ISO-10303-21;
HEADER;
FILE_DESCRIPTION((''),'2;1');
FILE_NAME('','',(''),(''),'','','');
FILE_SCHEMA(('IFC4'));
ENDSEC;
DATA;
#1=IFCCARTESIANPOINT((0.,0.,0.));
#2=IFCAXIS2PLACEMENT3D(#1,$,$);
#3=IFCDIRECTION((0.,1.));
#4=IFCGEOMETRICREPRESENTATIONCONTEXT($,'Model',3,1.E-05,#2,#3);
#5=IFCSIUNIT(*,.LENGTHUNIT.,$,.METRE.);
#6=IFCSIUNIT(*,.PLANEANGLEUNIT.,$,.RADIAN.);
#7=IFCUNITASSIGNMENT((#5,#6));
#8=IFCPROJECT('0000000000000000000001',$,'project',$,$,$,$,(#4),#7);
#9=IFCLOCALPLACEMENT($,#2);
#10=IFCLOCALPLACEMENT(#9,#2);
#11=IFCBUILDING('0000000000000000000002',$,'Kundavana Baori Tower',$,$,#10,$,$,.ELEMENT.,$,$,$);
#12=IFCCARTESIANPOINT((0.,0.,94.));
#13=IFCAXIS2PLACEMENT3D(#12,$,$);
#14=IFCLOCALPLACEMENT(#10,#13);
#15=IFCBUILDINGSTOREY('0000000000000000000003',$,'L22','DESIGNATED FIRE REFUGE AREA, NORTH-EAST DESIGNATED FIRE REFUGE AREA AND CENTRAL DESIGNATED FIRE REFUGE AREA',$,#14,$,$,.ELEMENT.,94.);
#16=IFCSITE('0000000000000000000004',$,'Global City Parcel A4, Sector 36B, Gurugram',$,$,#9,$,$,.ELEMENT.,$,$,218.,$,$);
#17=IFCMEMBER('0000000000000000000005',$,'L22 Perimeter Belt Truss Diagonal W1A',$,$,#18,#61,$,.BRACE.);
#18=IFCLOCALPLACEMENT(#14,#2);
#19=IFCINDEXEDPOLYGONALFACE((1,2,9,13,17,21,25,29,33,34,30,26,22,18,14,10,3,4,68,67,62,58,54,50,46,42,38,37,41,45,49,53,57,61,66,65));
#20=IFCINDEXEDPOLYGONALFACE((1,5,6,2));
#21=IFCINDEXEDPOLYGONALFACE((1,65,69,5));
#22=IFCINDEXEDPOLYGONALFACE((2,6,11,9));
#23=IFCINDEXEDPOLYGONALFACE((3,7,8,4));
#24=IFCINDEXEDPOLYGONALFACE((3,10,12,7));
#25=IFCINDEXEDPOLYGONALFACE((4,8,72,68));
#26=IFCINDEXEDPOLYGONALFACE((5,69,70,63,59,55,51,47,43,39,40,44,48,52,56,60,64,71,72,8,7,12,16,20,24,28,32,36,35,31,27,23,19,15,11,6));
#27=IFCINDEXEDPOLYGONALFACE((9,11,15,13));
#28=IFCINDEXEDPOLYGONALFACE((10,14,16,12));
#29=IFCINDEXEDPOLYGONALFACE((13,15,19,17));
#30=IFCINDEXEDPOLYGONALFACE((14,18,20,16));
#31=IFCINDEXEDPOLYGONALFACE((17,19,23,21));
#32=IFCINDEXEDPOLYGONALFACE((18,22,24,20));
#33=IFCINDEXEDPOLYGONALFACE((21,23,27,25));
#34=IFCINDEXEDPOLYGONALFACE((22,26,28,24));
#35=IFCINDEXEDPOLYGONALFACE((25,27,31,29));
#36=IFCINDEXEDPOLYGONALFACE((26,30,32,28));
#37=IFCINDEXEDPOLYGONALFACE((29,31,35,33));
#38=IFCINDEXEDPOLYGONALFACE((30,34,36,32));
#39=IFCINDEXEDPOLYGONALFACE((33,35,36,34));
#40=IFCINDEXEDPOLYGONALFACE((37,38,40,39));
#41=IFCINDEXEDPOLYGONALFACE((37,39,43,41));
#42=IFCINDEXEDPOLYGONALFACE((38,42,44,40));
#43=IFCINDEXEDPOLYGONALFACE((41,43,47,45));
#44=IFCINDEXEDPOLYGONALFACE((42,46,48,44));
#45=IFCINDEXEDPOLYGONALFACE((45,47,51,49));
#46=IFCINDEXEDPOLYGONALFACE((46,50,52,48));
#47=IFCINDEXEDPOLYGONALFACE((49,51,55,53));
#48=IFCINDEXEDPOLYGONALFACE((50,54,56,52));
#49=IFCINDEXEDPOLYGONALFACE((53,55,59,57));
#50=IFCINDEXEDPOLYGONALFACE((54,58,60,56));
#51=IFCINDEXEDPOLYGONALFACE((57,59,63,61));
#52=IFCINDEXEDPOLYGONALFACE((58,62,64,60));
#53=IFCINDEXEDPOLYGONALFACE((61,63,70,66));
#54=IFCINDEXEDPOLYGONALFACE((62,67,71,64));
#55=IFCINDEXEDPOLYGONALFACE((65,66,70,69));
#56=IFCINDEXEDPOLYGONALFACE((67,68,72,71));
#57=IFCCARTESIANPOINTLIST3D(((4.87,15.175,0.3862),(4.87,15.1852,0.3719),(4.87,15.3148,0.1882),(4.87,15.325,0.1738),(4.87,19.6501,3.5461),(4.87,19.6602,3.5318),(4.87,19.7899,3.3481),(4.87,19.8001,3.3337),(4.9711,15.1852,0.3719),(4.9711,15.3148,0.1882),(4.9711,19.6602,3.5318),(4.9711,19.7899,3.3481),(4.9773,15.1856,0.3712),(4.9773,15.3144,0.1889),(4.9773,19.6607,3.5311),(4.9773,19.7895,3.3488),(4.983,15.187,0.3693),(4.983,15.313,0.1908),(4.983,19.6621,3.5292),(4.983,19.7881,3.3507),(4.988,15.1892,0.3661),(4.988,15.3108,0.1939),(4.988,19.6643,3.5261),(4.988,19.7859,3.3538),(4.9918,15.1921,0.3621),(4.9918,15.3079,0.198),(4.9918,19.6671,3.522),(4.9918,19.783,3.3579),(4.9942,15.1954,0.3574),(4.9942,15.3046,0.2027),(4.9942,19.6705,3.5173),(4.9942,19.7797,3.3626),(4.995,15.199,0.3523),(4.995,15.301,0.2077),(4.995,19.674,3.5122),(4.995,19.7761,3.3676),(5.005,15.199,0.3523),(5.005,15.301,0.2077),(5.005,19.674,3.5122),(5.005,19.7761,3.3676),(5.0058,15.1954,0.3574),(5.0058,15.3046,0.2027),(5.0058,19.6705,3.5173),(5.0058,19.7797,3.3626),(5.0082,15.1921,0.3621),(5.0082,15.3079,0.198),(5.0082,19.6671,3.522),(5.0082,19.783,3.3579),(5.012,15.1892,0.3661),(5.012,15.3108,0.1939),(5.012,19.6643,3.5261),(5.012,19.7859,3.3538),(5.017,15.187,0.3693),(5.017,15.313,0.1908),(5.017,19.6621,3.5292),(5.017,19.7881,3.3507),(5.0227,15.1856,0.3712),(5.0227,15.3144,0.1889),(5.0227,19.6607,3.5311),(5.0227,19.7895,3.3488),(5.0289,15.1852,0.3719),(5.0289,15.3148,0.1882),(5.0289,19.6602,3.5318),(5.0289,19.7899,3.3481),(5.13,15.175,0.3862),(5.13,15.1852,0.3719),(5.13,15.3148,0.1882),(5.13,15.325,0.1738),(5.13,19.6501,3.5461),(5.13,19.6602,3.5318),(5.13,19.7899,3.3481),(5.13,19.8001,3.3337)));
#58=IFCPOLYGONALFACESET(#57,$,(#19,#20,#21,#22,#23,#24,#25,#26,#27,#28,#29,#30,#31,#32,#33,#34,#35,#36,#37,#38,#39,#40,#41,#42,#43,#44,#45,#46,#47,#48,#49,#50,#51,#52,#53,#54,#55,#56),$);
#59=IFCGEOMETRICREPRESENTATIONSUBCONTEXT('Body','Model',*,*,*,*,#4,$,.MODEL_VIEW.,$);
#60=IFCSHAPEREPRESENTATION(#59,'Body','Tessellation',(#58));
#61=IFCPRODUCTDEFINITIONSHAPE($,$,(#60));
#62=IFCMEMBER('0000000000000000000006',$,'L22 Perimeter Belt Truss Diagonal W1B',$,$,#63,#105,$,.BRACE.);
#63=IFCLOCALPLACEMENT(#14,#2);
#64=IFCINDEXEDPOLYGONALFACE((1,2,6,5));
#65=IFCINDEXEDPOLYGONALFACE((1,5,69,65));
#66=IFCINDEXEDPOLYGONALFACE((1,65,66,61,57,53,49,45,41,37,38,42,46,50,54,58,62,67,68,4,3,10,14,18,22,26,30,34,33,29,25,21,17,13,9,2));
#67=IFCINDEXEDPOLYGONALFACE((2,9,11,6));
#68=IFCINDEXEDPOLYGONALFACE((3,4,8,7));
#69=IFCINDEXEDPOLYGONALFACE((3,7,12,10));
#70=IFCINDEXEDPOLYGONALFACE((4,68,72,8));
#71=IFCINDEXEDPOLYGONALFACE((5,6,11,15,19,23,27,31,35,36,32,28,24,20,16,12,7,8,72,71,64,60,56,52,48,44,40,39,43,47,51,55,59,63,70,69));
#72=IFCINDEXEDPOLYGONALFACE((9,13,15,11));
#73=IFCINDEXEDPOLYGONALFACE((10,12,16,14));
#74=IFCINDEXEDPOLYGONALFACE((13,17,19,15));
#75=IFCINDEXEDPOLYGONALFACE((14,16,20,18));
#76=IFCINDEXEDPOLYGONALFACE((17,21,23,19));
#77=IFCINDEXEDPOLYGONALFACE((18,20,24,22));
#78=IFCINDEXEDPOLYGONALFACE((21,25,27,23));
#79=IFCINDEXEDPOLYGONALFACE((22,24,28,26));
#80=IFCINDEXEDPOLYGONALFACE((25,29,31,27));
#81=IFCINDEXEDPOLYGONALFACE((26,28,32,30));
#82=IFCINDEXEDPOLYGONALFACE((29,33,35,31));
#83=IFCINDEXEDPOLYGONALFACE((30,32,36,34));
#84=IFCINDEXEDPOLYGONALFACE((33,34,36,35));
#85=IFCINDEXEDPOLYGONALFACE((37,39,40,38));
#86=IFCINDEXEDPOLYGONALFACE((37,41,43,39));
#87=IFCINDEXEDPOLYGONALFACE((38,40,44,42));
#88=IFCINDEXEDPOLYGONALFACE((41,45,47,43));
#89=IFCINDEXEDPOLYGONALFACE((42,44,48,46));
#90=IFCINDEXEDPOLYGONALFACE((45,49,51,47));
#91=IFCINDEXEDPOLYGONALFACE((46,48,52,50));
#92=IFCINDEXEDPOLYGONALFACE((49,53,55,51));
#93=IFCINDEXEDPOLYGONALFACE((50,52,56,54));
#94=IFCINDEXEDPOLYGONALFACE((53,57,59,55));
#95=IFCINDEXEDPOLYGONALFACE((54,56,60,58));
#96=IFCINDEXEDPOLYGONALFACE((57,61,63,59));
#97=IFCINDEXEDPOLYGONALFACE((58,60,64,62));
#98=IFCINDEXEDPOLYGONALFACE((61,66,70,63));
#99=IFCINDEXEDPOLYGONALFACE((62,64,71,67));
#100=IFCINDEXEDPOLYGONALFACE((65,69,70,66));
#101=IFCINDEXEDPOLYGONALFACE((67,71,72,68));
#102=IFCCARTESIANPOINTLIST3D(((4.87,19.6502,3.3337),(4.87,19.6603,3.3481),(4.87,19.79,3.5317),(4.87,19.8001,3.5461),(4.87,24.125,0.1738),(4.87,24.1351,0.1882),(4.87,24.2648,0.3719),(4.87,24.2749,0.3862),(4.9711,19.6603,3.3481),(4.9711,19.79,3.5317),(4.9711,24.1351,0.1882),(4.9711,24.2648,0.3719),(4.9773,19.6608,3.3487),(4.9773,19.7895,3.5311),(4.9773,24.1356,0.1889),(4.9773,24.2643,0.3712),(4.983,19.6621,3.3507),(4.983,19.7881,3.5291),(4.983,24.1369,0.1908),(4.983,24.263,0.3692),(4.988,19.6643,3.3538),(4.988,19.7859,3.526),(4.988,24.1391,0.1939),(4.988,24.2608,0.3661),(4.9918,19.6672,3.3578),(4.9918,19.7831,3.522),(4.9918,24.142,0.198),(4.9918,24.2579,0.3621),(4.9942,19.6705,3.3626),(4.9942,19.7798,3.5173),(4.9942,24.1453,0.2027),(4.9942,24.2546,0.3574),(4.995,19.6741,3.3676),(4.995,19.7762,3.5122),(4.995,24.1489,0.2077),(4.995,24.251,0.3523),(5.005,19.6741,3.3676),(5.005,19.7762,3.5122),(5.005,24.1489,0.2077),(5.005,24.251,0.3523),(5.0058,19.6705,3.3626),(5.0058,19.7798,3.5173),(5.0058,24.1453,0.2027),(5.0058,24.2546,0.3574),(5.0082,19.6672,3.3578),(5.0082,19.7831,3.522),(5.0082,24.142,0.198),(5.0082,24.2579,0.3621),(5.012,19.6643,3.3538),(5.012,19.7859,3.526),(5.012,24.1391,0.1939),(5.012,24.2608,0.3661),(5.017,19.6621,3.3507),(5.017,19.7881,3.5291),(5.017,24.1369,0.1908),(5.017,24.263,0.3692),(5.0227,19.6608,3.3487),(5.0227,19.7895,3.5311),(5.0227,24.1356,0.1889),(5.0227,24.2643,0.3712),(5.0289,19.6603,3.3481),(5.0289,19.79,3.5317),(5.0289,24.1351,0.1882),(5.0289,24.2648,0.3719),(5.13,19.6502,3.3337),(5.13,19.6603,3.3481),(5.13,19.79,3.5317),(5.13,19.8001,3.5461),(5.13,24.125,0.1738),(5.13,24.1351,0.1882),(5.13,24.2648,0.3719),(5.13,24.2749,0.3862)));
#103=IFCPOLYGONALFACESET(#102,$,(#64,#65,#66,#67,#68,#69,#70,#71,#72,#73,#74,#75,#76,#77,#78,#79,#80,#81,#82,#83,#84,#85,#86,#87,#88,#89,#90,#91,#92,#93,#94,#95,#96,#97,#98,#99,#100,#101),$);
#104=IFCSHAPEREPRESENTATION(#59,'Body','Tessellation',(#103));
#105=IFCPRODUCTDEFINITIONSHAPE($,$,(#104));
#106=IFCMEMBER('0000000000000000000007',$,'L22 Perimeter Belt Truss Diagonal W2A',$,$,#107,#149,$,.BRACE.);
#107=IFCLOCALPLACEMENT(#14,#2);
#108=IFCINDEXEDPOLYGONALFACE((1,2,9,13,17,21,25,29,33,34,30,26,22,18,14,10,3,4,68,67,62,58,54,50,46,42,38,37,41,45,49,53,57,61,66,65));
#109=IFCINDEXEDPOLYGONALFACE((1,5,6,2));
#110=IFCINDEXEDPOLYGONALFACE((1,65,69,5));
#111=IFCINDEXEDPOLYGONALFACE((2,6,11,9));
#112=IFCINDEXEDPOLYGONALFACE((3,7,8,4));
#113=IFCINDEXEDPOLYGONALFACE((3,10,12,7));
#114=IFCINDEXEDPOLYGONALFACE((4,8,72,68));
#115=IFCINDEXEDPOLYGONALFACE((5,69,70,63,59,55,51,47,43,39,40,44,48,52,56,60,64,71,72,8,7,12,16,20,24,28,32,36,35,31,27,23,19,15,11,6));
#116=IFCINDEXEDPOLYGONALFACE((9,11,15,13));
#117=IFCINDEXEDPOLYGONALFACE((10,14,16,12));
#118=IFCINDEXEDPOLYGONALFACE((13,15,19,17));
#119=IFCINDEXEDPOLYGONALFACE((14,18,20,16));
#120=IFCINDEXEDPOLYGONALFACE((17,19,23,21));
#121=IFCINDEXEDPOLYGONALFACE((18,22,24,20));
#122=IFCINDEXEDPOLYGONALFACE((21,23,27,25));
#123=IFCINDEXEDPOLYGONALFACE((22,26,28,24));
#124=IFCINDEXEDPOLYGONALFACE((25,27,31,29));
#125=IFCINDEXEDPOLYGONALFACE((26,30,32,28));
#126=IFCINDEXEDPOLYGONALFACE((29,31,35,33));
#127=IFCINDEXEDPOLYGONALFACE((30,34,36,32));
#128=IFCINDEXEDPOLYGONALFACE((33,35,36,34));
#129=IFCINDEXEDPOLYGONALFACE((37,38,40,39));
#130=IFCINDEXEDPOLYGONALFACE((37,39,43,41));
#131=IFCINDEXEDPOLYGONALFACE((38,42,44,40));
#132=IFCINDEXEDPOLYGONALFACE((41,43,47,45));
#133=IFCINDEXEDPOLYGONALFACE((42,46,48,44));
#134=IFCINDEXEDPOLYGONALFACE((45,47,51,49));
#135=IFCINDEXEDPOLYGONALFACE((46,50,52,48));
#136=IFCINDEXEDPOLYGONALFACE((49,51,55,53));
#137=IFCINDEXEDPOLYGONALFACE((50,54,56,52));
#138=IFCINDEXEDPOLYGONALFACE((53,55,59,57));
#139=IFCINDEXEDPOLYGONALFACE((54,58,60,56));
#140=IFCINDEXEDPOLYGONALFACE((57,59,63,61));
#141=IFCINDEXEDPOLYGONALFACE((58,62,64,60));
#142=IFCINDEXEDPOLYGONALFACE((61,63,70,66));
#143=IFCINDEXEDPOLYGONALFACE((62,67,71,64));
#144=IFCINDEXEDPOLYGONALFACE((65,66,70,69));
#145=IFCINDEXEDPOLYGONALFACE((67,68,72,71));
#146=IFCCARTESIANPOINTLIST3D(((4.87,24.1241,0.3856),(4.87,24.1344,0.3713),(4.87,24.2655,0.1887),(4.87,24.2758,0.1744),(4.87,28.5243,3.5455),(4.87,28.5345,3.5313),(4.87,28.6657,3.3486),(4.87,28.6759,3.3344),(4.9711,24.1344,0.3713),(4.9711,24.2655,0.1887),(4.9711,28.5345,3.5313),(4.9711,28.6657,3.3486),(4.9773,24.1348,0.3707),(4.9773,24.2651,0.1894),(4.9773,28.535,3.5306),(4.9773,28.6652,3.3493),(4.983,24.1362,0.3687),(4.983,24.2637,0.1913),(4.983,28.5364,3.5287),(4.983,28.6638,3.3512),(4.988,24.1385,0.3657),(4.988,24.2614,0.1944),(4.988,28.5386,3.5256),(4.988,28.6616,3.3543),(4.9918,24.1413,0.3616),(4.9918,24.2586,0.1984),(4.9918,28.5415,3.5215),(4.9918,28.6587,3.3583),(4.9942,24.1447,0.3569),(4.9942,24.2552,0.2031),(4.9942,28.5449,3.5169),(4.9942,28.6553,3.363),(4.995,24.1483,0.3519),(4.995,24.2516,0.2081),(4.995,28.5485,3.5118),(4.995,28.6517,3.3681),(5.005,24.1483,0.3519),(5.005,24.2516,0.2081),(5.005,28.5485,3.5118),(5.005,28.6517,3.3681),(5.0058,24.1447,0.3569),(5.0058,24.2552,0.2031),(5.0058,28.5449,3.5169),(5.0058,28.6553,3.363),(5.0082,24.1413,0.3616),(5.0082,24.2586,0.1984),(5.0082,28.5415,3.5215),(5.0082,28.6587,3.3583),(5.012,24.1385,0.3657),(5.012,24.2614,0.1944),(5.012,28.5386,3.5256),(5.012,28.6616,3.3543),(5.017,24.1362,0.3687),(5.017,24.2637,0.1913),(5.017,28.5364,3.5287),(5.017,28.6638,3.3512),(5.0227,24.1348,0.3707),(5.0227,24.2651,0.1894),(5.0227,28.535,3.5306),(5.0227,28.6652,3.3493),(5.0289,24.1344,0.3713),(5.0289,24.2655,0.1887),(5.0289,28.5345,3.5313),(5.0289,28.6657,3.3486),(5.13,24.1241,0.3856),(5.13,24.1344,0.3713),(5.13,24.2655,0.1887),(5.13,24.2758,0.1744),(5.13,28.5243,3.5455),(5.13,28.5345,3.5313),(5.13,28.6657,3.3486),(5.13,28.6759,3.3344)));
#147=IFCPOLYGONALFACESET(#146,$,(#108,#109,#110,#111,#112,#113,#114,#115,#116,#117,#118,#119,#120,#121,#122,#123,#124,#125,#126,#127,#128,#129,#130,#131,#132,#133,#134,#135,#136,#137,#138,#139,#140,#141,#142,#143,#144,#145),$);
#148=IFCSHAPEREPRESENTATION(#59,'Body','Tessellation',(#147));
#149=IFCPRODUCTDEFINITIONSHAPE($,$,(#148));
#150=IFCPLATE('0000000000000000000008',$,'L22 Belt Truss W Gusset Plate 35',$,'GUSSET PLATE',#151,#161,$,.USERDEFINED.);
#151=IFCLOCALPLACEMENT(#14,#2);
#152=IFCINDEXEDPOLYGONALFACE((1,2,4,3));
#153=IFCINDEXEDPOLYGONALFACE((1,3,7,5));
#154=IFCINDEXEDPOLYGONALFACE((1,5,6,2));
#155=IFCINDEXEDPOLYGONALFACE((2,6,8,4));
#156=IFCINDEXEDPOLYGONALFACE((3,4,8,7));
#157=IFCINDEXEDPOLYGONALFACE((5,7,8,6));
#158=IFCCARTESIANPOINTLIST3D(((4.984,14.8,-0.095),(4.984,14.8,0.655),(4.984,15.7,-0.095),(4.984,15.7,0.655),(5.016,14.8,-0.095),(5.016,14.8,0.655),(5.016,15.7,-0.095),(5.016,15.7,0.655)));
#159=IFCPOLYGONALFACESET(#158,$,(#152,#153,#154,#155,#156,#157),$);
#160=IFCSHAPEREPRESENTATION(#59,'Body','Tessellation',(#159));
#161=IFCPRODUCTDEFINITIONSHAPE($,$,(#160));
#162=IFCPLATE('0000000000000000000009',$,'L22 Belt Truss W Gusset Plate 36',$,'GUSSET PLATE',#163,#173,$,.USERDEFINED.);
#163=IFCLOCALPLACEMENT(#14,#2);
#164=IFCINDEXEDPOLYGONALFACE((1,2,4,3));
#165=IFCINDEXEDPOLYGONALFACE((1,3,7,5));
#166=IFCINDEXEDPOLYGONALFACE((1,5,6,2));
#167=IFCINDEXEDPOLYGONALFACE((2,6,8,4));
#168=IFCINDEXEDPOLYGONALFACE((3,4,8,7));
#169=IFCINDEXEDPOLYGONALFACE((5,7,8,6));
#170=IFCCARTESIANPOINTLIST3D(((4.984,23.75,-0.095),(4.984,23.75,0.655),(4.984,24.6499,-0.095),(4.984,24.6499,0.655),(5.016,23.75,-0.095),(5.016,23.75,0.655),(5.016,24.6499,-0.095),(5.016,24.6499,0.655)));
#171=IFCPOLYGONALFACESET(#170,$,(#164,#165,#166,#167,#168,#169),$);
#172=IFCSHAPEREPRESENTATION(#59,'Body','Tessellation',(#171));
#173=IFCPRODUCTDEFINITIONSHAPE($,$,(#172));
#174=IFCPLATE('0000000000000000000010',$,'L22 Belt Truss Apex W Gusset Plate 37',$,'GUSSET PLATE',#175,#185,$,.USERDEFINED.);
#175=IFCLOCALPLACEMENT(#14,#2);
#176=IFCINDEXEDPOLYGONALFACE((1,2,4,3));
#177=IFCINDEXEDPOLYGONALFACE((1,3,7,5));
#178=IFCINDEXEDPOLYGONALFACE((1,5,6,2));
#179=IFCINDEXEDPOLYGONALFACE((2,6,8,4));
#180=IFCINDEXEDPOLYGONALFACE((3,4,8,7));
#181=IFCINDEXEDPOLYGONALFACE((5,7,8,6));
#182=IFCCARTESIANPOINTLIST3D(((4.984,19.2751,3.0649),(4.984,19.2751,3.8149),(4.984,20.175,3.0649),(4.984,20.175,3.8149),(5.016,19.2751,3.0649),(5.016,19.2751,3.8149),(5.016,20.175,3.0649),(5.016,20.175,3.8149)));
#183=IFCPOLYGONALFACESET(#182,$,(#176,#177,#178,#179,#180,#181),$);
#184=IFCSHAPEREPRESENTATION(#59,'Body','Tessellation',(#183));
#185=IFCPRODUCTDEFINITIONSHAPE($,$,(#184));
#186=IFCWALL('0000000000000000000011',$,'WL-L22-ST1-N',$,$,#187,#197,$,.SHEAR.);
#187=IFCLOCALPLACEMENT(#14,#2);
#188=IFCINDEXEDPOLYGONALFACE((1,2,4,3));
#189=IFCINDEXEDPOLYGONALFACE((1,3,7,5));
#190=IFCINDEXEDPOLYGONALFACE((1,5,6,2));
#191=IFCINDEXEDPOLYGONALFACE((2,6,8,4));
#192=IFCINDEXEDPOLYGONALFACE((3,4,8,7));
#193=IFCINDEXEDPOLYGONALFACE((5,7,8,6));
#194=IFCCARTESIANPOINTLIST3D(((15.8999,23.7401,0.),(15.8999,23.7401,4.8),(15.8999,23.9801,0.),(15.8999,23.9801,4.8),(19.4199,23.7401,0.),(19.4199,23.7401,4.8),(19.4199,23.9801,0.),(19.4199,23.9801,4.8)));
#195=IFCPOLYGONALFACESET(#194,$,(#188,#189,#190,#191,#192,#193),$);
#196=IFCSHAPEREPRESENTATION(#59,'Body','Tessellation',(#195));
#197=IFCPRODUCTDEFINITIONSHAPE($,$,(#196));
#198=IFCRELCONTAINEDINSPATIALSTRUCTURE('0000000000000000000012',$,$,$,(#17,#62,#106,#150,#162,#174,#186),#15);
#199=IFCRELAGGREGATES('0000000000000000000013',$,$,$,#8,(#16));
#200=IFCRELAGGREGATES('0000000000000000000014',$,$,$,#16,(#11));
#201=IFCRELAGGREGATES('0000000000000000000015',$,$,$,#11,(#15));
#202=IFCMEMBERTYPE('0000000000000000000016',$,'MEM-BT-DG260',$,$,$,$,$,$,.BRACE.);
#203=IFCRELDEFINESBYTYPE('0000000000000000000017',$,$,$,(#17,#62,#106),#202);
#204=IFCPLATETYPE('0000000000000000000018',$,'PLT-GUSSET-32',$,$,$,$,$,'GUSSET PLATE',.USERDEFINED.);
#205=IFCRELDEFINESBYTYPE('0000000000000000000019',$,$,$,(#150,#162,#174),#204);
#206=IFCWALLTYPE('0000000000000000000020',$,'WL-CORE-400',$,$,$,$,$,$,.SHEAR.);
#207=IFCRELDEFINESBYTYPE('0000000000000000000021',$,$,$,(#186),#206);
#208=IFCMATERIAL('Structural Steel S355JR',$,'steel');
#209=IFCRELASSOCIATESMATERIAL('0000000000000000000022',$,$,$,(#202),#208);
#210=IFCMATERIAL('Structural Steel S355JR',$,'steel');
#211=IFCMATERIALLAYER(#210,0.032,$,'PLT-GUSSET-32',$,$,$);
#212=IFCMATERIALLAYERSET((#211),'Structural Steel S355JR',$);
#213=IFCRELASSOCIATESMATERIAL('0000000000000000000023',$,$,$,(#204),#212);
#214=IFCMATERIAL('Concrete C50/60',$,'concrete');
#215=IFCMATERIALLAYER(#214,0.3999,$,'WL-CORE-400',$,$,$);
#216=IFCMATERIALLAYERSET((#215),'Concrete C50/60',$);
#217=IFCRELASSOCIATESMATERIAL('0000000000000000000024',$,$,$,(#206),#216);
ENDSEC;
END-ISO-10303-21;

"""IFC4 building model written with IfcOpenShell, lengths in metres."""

from ifc_helpers import new_model, si_unit, direction, frame, frame_2d, origin, origin_2d, place, context, subcontext, project, spatial, rectangle, i_section, extrude, material, layer, layer_set, material_profile, profile_set, type_object, element, save


model = new_model("IFC4")

# Units and contexts
model_context = context("Model", 3, precision=1e-05, world=origin(), true_north=direction((0.0, 1.0)))
body_context = subcontext(model_context, "Body", "Model", "MODEL_VIEW")
ifc_project = project(units=[si_unit("LENGTHUNIT", "METRE"), si_unit("PLANEANGLEUNIT", "RADIAN")], contexts=[model_context])

# Site, building, storey
site_placement = place(None, origin())
site = spatial("IfcSite", under=ifc_project, at=site_placement, Name="Global City Parcel A4, Sector 36B, Gurugram", CompositionType="ELEMENT", RefElevation=218.0)
building_placement = place(site_placement, origin())
building = spatial("IfcBuilding", under=site, at=building_placement, Name="Kundavana Baori Tower", CompositionType="ELEMENT")
storey_placement = place(building_placement, frame((0.0, 0.0, 94.0)))
storey = spatial("IfcBuildingStorey", under=building, at=storey_placement, Name="L22", Description="DESIGNATED FIRE REFUGE AREA, NORTH-EAST DESIGNATED FIRE REFUGE AREA AND CENTRAL DESIGNATED FIRE REFUGE AREA", CompositionType="ELEMENT", Elevation=94.0)

# Members
ifc_material_1 = material(Name="Structural Steel S355JR", Category="steel")
ifc_material_profile_1 = material_profile(ifc_material_1, i_section(OverallWidth=0.26, OverallDepth=0.26, WebThickness=0.01, FlangeThickness=0.0176, FilletRadius=0.0239, at=origin_2d()), Name="WPB 260x260x93")
ifc_profile_set_1 = profile_set([ifc_material_profile_1], Name="Structural Steel S355JR")
member_type_1 = type_object("IfcMemberType", Name="MEM-BT-DG260", PredefinedType="BRACE", material=ifc_profile_set_1)
member_1_placement = place(storey_placement, frame((5.0, 15.25, 0.28), z_axis=(0.0, 0.81688, 0.576807), x_axis=(-1.0, 0.0, 0.0)))
element("IfcMember", 1, at=member_1_placement, inside=storey, type_object=member_type_1, Name="L22 Perimeter Belt Truss Diagonal W1A", PredefinedType="BRACE", context=body_context, shape_type="SweptSolid", body=[
    extrude(i_section(OverallWidth=0.26, OverallDepth=0.26, WebThickness=0.01, FlangeThickness=0.0176, FilletRadius=0.0239, at=origin_2d()), origin(), (0.0, 0.0, 1.0), 5.4783),
])
member_2_placement = place(storey_placement, frame((5.0, 24.2, 0.28), z_axis=(0.0, -0.816865, 0.576828), x_axis=(1.0, 0.0, 0.0)))
element("IfcMember", 2, at=member_2_placement, inside=storey, type_object=member_type_1, Name="L22 Perimeter Belt Truss Diagonal W1B", PredefinedType="BRACE", context=body_context, shape_type="SweptSolid", body=[
    extrude(i_section(OverallWidth=0.26, OverallDepth=0.26, WebThickness=0.01, FlangeThickness=0.0176, FilletRadius=0.0239, at=origin_2d()), origin(), (0.0, 0.0, 1.0), 5.478),
])
member_3_placement = place(storey_placement, frame((5.0, 24.2, 0.28), z_axis=(0.0, 0.812251, 0.583308), x_axis=(-1.0, 0.0, 0.0)))
element("IfcMember", 3, at=member_3_placement, inside=storey, type_object=member_type_1, Name="L22 Perimeter Belt Truss Diagonal W2A", PredefinedType="BRACE", context=body_context, shape_type="SweptSolid", body=[
    extrude(i_section(OverallWidth=0.26, OverallDepth=0.26, WebThickness=0.01, FlangeThickness=0.0176, FilletRadius=0.0239, at=origin_2d()), origin(), (0.0, 0.0, 1.0), 5.4172),
])

# Plates
ifc_material_2 = material(Name="Structural Steel S355JR", Category="steel")
ifc_layer_1 = layer(ifc_material_2, 0.032, Name="PLT-GUSSET-32")
ifc_layer_set_1 = layer_set([ifc_layer_1], Name="Structural Steel S355JR")
plate_type = type_object("IfcPlateType", Name="PLT-GUSSET-32", ElementType="GUSSET PLATE", PredefinedType="USERDEFINED", material=ifc_layer_set_1)
for number, where, z_axis, x_axis, name in (
    (4, (5.0, 15.25, -0.095), (0.0, 0.0, 1.0), (1.0, 0.0, 0.0), "L22 Belt Truss W Gusset Plate 35"),
    (5, (5.0, 24.2, -0.095), (0.0, 0.0, 1.0), (1.0, 0.0, 0.0), "L22 Belt Truss W Gusset Plate 36"),
    (6, (5.0, 19.7251, 3.0649), (0.0, 0.0, 1.0), (1.0, 0.0, 0.0), "L22 Belt Truss Apex W Gusset Plate 37"),
):
    element("IfcPlate", number, at=place(storey_placement, frame(where, z_axis=z_axis, x_axis=x_axis)), inside=storey, type_object=plate_type, Name=name, ObjectType="GUSSET PLATE", PredefinedType="USERDEFINED", context=body_context, shape_type="SweptSolid", body=[
        extrude(rectangle(XDim=0.032, YDim=0.8999, at=origin_2d()), origin(), (0.0, 0.0, 1.0), 0.75),
    ])

# Wall
ifc_material_3 = material(Name="Concrete C50/60", Category="concrete")
ifc_layer_2 = layer(ifc_material_3, 0.3999, Name="WL-CORE-400")
ifc_layer_set_2 = layer_set([ifc_layer_2], Name="Concrete C50/60")
wall_type_1 = type_object("IfcWallType", Name="WL-CORE-400", PredefinedType="SHEAR", material=ifc_layer_set_2)
wall_1_placement = place(storey_placement, frame((15.8999, 23.8601, 0.0), z_axis=(0.0, 0.0, 1.0), x_axis=(1.0, 0.0, 0.0)))
element("IfcWall", 7, at=wall_1_placement, inside=storey, type_object=wall_type_1, Name="WL-L22-ST1-N", PredefinedType="SHEAR", context=body_context, shape_type="SweptSolid", body=[
    extrude(rectangle(XDim=3.52, YDim=0.24, at=frame_2d((1.76, 0.0))), origin(), (0.0, 0.0, 1.0), 4.8),
])

save(model, "model.ifc")
